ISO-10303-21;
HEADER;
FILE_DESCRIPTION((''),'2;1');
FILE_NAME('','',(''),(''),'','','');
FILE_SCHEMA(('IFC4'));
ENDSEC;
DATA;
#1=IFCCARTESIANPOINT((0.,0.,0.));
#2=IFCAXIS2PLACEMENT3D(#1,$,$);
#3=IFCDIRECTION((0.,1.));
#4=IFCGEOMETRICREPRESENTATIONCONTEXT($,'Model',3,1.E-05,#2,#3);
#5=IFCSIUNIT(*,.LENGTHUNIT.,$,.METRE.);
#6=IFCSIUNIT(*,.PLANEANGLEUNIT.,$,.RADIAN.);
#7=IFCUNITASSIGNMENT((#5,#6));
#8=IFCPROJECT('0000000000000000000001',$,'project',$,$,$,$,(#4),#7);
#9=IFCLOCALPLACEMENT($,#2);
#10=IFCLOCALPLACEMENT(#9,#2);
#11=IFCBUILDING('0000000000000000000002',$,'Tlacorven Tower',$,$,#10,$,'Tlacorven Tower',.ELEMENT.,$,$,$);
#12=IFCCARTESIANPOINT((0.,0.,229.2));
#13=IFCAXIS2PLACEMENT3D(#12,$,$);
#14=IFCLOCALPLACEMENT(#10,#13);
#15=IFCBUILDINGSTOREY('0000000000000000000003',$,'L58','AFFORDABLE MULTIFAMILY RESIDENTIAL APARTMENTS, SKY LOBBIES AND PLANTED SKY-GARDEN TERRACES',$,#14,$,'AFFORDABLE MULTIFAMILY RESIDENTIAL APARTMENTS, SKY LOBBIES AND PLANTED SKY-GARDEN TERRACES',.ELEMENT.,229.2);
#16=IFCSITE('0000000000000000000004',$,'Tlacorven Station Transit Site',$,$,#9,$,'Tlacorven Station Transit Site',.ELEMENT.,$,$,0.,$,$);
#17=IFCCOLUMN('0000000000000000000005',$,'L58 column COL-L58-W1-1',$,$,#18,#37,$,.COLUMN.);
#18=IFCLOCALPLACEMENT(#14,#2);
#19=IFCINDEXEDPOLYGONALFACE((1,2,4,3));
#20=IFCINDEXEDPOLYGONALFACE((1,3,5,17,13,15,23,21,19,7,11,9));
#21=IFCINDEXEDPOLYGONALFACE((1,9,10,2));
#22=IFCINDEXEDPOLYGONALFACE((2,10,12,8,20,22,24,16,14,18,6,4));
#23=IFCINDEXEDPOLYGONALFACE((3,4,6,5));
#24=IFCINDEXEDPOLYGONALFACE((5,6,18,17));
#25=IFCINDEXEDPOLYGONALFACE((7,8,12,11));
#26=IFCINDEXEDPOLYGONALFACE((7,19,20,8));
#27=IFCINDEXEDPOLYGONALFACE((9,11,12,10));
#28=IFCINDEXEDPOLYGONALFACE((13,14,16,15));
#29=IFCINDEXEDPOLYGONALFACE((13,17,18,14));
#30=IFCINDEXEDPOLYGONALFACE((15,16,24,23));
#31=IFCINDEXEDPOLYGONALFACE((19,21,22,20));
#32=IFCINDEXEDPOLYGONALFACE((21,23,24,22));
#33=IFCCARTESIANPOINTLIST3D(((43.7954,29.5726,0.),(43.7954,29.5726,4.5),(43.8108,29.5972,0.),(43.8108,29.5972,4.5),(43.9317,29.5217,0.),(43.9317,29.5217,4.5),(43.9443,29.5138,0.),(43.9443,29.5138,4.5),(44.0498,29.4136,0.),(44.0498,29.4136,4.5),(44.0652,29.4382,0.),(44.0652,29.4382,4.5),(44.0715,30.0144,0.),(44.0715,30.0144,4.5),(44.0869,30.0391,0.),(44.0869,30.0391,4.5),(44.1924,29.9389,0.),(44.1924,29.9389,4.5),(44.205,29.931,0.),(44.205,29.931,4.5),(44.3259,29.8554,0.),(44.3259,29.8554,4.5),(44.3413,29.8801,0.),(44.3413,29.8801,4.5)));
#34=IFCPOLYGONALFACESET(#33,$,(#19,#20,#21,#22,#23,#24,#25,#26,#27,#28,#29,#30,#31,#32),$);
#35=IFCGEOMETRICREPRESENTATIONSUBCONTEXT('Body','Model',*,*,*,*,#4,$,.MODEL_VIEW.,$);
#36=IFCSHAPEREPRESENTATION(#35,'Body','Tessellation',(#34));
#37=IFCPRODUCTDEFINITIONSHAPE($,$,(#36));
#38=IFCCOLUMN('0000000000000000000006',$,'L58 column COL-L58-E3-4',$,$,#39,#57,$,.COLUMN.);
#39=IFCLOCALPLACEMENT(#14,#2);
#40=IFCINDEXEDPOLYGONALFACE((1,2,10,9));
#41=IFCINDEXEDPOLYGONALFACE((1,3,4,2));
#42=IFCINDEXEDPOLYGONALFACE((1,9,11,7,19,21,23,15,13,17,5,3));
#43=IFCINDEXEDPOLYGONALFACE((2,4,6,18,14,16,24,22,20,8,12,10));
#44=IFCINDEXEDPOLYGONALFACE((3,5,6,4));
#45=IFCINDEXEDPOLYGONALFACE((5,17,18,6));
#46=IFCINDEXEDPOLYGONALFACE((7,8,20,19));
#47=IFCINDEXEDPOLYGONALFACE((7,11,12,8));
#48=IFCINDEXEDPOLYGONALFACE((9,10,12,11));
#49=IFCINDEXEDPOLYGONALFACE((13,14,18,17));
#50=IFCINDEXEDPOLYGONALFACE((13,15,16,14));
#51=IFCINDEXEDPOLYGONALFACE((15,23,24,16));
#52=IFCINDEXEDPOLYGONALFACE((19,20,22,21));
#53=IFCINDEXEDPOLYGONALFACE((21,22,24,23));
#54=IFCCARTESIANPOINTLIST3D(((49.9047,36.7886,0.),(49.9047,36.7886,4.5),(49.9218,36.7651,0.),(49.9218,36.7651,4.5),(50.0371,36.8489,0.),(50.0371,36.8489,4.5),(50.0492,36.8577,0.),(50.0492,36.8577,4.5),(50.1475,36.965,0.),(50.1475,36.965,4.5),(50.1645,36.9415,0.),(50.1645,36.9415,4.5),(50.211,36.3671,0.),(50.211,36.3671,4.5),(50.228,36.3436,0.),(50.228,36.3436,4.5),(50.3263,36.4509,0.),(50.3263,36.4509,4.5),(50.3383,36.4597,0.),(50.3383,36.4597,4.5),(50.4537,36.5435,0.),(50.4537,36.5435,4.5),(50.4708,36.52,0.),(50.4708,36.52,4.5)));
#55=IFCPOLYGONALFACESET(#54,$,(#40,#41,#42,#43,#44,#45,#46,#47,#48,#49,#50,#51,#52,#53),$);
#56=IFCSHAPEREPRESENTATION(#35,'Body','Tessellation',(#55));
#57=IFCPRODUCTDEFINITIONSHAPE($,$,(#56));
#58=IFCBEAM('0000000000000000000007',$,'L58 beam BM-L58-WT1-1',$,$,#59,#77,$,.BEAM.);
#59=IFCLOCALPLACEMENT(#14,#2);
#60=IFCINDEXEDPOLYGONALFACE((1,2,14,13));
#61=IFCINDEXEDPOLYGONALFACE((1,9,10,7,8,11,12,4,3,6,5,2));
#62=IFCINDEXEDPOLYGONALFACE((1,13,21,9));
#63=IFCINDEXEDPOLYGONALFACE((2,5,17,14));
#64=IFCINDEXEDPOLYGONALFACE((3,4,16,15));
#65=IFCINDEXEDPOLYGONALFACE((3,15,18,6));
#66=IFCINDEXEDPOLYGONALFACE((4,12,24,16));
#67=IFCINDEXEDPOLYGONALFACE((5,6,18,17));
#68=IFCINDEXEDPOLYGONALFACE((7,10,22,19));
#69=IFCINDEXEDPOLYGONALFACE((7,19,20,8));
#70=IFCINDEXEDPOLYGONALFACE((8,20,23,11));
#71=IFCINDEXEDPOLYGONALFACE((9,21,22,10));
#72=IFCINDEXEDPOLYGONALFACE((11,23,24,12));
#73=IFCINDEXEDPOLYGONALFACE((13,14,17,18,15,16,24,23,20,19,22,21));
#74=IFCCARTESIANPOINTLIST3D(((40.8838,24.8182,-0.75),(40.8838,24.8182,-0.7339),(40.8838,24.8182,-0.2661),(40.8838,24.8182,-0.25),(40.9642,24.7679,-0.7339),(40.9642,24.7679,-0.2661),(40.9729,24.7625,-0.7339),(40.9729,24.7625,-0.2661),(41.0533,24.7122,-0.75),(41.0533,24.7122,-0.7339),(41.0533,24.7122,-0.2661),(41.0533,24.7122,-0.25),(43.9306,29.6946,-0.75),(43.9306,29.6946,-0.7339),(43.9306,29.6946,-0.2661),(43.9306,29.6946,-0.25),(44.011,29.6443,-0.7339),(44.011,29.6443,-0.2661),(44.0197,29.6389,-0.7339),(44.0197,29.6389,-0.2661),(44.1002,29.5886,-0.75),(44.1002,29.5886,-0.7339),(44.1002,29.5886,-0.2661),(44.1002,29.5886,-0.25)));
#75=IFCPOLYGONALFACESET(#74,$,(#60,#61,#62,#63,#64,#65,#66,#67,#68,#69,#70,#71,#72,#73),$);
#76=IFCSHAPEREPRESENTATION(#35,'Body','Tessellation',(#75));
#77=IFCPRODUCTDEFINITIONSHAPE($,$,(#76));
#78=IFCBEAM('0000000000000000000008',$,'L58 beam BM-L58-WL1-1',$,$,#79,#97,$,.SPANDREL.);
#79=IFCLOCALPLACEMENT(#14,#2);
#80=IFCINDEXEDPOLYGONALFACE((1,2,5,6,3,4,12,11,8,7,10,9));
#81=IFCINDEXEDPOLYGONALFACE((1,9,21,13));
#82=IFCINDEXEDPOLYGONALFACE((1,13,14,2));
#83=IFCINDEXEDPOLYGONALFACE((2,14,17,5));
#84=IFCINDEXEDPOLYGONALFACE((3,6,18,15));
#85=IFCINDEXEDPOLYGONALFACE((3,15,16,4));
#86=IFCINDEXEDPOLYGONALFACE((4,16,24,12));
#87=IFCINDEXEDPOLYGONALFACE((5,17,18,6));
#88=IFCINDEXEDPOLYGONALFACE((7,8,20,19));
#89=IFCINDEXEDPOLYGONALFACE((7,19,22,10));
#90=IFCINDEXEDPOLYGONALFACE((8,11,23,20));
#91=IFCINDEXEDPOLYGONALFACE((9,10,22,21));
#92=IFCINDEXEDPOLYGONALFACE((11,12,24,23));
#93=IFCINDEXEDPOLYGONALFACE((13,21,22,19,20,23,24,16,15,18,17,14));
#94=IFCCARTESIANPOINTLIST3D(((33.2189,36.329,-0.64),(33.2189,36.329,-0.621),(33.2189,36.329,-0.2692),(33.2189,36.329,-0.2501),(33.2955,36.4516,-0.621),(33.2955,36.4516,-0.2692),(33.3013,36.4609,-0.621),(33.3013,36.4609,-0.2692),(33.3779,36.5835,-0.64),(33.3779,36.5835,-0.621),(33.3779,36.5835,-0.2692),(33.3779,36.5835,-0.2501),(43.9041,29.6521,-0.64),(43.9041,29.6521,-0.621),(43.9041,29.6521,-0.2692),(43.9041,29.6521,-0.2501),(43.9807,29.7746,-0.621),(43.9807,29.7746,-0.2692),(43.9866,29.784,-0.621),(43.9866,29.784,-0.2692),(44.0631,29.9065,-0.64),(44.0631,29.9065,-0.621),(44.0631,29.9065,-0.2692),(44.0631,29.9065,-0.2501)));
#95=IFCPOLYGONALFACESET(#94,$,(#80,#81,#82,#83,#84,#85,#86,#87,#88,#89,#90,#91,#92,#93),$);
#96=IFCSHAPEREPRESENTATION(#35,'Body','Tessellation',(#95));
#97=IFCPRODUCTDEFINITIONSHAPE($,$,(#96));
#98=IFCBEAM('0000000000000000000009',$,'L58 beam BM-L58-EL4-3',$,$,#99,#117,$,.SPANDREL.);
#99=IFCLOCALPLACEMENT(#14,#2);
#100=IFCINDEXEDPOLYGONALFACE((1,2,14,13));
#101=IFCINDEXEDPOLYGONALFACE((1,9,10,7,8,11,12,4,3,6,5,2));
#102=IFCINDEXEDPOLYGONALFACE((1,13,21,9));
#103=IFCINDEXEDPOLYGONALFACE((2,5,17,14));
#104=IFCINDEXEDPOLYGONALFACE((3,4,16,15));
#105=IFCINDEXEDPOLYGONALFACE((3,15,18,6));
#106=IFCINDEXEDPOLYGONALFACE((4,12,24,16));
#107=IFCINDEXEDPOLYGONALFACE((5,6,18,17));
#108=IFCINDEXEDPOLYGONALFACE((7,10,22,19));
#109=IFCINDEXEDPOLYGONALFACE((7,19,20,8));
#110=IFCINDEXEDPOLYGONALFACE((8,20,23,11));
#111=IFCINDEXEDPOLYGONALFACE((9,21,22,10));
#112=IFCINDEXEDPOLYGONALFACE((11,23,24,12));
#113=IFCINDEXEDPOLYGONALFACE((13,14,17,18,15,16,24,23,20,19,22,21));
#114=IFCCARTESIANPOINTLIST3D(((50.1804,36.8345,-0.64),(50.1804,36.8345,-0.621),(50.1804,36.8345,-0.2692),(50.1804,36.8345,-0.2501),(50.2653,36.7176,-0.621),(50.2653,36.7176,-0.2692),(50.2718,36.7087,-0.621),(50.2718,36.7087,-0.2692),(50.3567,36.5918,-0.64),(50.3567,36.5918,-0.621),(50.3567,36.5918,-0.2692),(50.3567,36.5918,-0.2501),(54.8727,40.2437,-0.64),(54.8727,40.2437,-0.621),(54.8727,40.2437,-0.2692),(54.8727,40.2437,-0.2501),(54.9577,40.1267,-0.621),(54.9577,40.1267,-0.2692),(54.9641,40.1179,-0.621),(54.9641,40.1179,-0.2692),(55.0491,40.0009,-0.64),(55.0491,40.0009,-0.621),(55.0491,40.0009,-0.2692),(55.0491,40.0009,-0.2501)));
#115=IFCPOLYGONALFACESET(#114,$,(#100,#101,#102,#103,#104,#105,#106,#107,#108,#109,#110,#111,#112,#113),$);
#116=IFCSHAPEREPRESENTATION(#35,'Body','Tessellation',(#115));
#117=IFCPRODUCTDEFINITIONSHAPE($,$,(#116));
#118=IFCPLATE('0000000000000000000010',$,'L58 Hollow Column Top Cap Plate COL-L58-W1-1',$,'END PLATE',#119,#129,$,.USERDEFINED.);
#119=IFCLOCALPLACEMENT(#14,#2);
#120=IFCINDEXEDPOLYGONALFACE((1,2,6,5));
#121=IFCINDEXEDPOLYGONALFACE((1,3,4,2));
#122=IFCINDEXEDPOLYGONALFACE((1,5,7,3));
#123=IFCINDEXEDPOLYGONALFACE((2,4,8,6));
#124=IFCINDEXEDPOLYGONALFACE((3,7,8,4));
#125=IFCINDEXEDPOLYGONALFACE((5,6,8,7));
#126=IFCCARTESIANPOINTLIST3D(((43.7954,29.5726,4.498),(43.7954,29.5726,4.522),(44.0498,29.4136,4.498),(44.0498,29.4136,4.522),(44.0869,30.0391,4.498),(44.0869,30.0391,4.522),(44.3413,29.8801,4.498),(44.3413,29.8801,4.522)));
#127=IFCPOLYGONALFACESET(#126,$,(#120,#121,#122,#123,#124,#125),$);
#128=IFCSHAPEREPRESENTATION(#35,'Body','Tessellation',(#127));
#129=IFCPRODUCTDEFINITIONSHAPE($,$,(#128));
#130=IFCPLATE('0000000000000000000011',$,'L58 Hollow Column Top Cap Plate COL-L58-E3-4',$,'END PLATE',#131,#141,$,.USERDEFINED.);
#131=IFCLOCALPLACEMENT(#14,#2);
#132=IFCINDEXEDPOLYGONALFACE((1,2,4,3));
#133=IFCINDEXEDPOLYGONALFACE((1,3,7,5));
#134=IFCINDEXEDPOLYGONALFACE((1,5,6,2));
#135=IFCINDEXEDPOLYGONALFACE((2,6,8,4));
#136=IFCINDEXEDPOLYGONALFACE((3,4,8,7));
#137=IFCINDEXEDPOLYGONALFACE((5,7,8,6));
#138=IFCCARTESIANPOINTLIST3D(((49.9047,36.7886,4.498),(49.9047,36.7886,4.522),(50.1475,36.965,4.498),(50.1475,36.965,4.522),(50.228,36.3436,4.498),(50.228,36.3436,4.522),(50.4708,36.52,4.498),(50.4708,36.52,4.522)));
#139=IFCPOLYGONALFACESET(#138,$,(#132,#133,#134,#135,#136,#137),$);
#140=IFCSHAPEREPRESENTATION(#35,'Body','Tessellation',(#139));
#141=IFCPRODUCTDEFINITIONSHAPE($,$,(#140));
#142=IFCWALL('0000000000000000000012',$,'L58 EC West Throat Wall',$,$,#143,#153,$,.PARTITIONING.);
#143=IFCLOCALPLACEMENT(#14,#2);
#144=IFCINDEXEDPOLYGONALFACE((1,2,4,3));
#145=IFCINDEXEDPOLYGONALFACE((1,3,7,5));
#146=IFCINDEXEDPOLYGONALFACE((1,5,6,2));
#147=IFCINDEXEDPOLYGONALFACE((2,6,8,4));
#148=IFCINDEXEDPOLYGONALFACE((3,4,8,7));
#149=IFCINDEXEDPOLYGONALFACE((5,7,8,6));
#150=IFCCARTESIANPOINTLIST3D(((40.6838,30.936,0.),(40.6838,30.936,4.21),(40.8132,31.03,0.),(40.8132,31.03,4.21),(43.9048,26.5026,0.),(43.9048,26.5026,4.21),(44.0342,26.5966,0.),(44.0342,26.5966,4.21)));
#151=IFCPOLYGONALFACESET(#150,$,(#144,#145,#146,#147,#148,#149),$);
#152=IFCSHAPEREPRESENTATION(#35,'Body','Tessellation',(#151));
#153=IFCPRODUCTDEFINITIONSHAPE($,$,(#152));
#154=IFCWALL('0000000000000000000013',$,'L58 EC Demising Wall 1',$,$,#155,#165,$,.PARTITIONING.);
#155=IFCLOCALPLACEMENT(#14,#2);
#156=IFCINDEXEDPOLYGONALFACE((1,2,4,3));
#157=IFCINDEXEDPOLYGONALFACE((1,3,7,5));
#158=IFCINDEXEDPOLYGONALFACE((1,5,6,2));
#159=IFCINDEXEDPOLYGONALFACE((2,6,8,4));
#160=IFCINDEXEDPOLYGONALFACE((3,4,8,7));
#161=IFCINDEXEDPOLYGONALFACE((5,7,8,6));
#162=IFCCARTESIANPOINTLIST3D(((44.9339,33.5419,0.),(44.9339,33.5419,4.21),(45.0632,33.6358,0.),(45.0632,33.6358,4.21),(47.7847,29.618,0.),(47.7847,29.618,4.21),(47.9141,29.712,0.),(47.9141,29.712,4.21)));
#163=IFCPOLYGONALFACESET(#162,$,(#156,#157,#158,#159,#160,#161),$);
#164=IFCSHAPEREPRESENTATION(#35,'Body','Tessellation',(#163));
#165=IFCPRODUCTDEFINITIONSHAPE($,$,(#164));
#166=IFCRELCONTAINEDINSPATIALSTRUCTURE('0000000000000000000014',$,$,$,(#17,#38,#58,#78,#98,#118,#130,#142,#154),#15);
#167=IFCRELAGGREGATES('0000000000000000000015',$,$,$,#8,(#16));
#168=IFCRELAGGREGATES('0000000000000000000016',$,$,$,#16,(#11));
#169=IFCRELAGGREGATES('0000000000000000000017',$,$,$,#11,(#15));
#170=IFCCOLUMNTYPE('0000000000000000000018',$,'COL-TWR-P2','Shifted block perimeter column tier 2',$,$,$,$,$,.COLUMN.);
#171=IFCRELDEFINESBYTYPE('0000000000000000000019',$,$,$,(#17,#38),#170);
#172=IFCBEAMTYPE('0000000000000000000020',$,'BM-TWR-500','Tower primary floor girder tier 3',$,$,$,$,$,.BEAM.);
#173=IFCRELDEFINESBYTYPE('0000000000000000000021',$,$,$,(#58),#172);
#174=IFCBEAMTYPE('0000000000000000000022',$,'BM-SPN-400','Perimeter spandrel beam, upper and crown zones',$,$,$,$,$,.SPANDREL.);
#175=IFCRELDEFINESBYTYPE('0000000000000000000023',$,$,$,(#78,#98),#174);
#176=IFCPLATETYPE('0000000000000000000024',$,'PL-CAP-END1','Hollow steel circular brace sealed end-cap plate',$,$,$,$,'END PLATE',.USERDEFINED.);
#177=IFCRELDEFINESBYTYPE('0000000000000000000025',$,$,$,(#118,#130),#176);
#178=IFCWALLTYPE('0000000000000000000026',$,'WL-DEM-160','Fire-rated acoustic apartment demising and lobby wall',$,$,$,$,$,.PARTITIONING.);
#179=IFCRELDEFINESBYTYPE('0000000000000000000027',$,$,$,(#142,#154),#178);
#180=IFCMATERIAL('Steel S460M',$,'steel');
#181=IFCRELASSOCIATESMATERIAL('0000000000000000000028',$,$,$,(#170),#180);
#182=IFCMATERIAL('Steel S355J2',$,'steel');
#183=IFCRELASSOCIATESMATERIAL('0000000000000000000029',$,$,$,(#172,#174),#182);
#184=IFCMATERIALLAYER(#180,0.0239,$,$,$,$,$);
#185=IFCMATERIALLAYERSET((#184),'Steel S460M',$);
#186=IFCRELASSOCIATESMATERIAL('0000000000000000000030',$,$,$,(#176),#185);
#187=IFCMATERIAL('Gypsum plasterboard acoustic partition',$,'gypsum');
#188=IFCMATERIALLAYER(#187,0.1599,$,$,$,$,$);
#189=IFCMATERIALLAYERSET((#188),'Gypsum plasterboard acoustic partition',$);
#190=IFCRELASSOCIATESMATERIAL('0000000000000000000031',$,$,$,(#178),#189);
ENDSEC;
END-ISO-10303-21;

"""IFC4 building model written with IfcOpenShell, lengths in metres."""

from ifc_helpers import new_model, si_unit, direction, frame, frame_2d, origin, origin_2d, place, context, subcontext, project, spatial, rectangle, i_section, extrude, source, transform, mapped, material, layer, layer_set, material_profile, profile_set, type_object, element, save


model = new_model("IFC4")

# Units and contexts
model_context = context("Model", 3, precision=1e-05, world=origin(), true_north=direction((0.0, 1.0)))
body_context = subcontext(model_context, "Body", "Model", "MODEL_VIEW")
ifc_project = project(units=[si_unit("LENGTHUNIT", "METRE"), si_unit("PLANEANGLEUNIT", "RADIAN")], contexts=[model_context])

# Site, building, storey
site_placement = place(None, origin())
site = spatial("IfcSite", under=ifc_project, at=site_placement, Name="Tlacorven Station Transit Site", LongName="Tlacorven Station Transit Site", CompositionType="ELEMENT", RefElevation=0.0)
building_placement = place(site_placement, origin())
building = spatial("IfcBuilding", under=site, at=building_placement, Name="Tlacorven Tower", LongName="Tlacorven Tower", CompositionType="ELEMENT")
storey_placement = place(building_placement, frame((0.0, 0.0, 229.2)))
storey = spatial("IfcBuildingStorey", under=building, at=storey_placement, Name="L58", Description="AFFORDABLE MULTIFAMILY RESIDENTIAL APARTMENTS, SKY LOBBIES AND PLANTED SKY-GARDEN TERRACES", LongName="AFFORDABLE MULTIFAMILY RESIDENTIAL APARTMENTS, SKY LOBBIES AND PLANTED SKY-GARDEN TERRACES", CompositionType="ELEMENT", Elevation=229.2)

# Columns
ifc_material_1 = material(Name="Steel S460M", Category="steel")
ifc_material_profile_1 = material_profile(ifc_material_1, i_section(OverallWidth=0.3, OverallDepth=0.55, WebThickness=0.0149, FlangeThickness=0.0291, at=origin_2d()), Name="HEB 550")
ifc_profile_set_1 = profile_set([ifc_material_profile_1], Name="Steel S460M")
column_type = type_object("IfcColumnType", Name="COL-TWR-P2", Description="Shifted block perimeter column tier 2", PredefinedType="COLUMN", material=ifc_profile_set_1)
shared_shape_1 = source(origin(), body_context, "Body", "SweptSolid", [
    extrude(i_section(OverallWidth=0.3, OverallDepth=0.55, WebThickness=0.0149, FlangeThickness=0.0291, at=origin_2d()), origin(), (0.0, 0.0, 1.0), 4.5),
])
for number, where, z_axis, x_axis, name in (
    (1, (44.0684, 29.7263, 0.0), (0.0, 0.0, 1.0), (-0.848048, 0.529919, 0.0), "L58 column COL-L58-W1-1"),
    (2, (50.1877, 36.6543, 0.0), (0.0, 0.0, 1.0), (0.809017, 0.587785, 0.0), "L58 column COL-L58-E3-4"),
):
    element("IfcColumn", number, at=place(storey_placement, frame(where, z_axis=z_axis, x_axis=x_axis)), inside=storey, type_object=column_type, Name=name, PredefinedType="COLUMN", context=body_context, shape_type="MappedRepresentation", body=[
        mapped(shared_shape_1, transform((0.0, 0.0, 0.0), scale=1.0)),
    ])

# Beams
ifc_material_2 = material(Name="Steel S355J2", Category="steel")
ifc_material_profile_2 = material_profile(ifc_material_2, i_section(OverallWidth=0.2, OverallDepth=0.5, WebThickness=0.0103, FlangeThickness=0.0161, at=origin_2d()), Name="IPE 500")
ifc_profile_set_2 = profile_set([ifc_material_profile_2], Name="Steel S355J2")
beam_type_1 = type_object("IfcBeamType", Name="BM-TWR-500", Description="Tower primary floor girder tier 3", PredefinedType="BEAM", material=ifc_profile_set_2)
shared_shape_2 = source(origin(), body_context, "Body", "SweptSolid", [
    extrude(i_section(OverallWidth=0.2, OverallDepth=0.5, WebThickness=0.0103, FlangeThickness=0.0161, at=origin_2d()), origin(), (0.0, 0.0, 1.0), 5.75),
])
beam_1_placement = place(storey_placement, frame((44.0154, 29.6416, -0.5), z_axis=(-0.529884, -0.84807, 0.0), x_axis=(0.84807, -0.529884, 0.0)))
element("IfcBeam", 3, at=beam_1_placement, inside=storey, type_object=beam_type_1, Name="L58 beam BM-L58-WT1-1", PredefinedType="BEAM", context=body_context, shape_type="MappedRepresentation", body=[
    mapped(shared_shape_2, transform((0.0, 0.0, 0.0), scale=1.0)),
])
ifc_material_profile_3 = material_profile(ifc_material_2, i_section(OverallWidth=0.3, OverallDepth=0.3899, WebThickness=0.011, FlangeThickness=0.019, at=origin_2d()), Name="HEA 400")
ifc_profile_set_3 = profile_set([ifc_material_profile_3], Name="Steel S355J2")
beam_type_2 = type_object("IfcBeamType", Name="BM-SPN-400", Description="Perimeter spandrel beam, upper and crown zones", PredefinedType="SPANDREL", material=ifc_profile_set_3)
shared_shape_3 = source(origin(), body_context, "Body", "SweptSolid", [
    extrude(i_section(OverallWidth=0.3, OverallDepth=0.3899, WebThickness=0.011, FlangeThickness=0.019, at=origin_2d()), origin(), (0.0, 0.0, 1.0), 12.5999),
])
beam_2_placement = place(storey_placement, frame((43.9836, 29.7793, -0.4451), z_axis=(-0.848045, 0.529924, 0.0), x_axis=(-0.529924, -0.848045, 0.0)))
element("IfcBeam", 4, at=beam_2_placement, inside=storey, type_object=beam_type_2, Name="L58 beam BM-L58-WL1-1", PredefinedType="SPANDREL", context=body_context, shape_type="MappedRepresentation", body=[
    mapped(shared_shape_3, transform((0.0, 0.0, 0.0), scale=1.0)),
])
shared_shape_4 = source(origin(), body_context, "Body", "SweptSolid", [
    extrude(i_section(OverallWidth=0.3, OverallDepth=0.3899, WebThickness=0.011, FlangeThickness=0.019, at=origin_2d()), origin(), (0.0, 0.0, 1.0), 5.8),
])
beam_3_placement = place(storey_placement, frame((50.2686, 36.7131, -0.4451), z_axis=(0.80902, 0.587781, 0.0), x_axis=(-0.587781, 0.80902, 0.0)))
element("IfcBeam", 5, at=beam_3_placement, inside=storey, type_object=beam_type_2, Name="L58 beam BM-L58-EL4-3", PredefinedType="SPANDREL", context=body_context, shape_type="MappedRepresentation", body=[
    mapped(shared_shape_4, transform((0.0, 0.0, 0.0), scale=1.0)),
])

# Plates
ifc_layer_1 = layer(ifc_material_1, 0.0239)
ifc_layer_set_1 = layer_set([ifc_layer_1], Name="Steel S460M")
plate_type = type_object("IfcPlateType", Name="PL-CAP-END1", Description="Hollow steel circular brace sealed end-cap plate", ElementType="END PLATE", PredefinedType="USERDEFINED", material=ifc_layer_set_1)
shared_shape_5 = source(origin(), body_context, "Body", "SweptSolid", [
    extrude(rectangle(XDim=0.3, YDim=0.55, at=origin_2d()), origin(), (0.0, 0.0, 1.0), 0.0239),
])
for number, where, z_axis, x_axis, name in (
    (6, (44.0684, 29.7263, 4.498), (0.0, 0.0, 1.0), (-0.848048, 0.529919, 0.0), "L58 Hollow Column Top Cap Plate COL-L58-W1-1"),
    (7, (50.1877, 36.6543, 4.498), (0.0, 0.0, 1.0), (0.809017, 0.587785, 0.0), "L58 Hollow Column Top Cap Plate COL-L58-E3-4"),
):
    element("IfcPlate", number, at=place(storey_placement, frame(where, z_axis=z_axis, x_axis=x_axis)), inside=storey, type_object=plate_type, Name=name, ObjectType="END PLATE", PredefinedType="USERDEFINED", context=body_context, shape_type="MappedRepresentation", body=[
        mapped(shared_shape_5, transform((0.0, 0.0, 0.0), scale=1.0)),
    ])

# Walls
ifc_material_3 = material(Name="Gypsum plasterboard acoustic partition", Category="gypsum")
ifc_layer_2 = layer(ifc_material_3, 0.1599)
ifc_layer_set_2 = layer_set([ifc_layer_2], Name="Gypsum plasterboard acoustic partition")
wall_type = type_object("IfcWallType", Name="WL-DEM-160", Description="Fire-rated acoustic apartment demising and lobby wall", PredefinedType="PARTITIONING", material=ifc_layer_set_2)
wall_1_placement = place(storey_placement, frame((43.9695, 26.5496, 0.0), z_axis=(0.0, 0.0, 1.0), x_axis=(-0.587777, 0.809023, 0.0)))
element("IfcWall", 8, at=wall_1_placement, inside=storey, type_object=wall_type, Name="L58 EC West Throat Wall", PredefinedType="PARTITIONING", context=body_context, shape_type="SweptSolid", body=[
    extrude(rectangle(XDim=5.48, YDim=0.1599, at=frame_2d((2.74, 0.0))), origin(), (0.0, 0.0, 1.0), 4.21),
])
wall_2_placement = place(storey_placement, frame((47.8494, 29.665, 0.0), z_axis=(0.0, 0.0, 1.0), x_axis=(-0.587786, 0.809017, 0.0)))
element("IfcWall", 9, at=wall_2_placement, inside=storey, type_object=wall_type, Name="L58 EC Demising Wall 1", PredefinedType="PARTITIONING", context=body_context, shape_type="SweptSolid", body=[
    extrude(rectangle(XDim=4.8501, YDim=0.1599, at=frame_2d((2.425, 0.0))), origin(), (0.0, 0.0, 1.0), 4.21),
])

save(model, "model.ifc")
